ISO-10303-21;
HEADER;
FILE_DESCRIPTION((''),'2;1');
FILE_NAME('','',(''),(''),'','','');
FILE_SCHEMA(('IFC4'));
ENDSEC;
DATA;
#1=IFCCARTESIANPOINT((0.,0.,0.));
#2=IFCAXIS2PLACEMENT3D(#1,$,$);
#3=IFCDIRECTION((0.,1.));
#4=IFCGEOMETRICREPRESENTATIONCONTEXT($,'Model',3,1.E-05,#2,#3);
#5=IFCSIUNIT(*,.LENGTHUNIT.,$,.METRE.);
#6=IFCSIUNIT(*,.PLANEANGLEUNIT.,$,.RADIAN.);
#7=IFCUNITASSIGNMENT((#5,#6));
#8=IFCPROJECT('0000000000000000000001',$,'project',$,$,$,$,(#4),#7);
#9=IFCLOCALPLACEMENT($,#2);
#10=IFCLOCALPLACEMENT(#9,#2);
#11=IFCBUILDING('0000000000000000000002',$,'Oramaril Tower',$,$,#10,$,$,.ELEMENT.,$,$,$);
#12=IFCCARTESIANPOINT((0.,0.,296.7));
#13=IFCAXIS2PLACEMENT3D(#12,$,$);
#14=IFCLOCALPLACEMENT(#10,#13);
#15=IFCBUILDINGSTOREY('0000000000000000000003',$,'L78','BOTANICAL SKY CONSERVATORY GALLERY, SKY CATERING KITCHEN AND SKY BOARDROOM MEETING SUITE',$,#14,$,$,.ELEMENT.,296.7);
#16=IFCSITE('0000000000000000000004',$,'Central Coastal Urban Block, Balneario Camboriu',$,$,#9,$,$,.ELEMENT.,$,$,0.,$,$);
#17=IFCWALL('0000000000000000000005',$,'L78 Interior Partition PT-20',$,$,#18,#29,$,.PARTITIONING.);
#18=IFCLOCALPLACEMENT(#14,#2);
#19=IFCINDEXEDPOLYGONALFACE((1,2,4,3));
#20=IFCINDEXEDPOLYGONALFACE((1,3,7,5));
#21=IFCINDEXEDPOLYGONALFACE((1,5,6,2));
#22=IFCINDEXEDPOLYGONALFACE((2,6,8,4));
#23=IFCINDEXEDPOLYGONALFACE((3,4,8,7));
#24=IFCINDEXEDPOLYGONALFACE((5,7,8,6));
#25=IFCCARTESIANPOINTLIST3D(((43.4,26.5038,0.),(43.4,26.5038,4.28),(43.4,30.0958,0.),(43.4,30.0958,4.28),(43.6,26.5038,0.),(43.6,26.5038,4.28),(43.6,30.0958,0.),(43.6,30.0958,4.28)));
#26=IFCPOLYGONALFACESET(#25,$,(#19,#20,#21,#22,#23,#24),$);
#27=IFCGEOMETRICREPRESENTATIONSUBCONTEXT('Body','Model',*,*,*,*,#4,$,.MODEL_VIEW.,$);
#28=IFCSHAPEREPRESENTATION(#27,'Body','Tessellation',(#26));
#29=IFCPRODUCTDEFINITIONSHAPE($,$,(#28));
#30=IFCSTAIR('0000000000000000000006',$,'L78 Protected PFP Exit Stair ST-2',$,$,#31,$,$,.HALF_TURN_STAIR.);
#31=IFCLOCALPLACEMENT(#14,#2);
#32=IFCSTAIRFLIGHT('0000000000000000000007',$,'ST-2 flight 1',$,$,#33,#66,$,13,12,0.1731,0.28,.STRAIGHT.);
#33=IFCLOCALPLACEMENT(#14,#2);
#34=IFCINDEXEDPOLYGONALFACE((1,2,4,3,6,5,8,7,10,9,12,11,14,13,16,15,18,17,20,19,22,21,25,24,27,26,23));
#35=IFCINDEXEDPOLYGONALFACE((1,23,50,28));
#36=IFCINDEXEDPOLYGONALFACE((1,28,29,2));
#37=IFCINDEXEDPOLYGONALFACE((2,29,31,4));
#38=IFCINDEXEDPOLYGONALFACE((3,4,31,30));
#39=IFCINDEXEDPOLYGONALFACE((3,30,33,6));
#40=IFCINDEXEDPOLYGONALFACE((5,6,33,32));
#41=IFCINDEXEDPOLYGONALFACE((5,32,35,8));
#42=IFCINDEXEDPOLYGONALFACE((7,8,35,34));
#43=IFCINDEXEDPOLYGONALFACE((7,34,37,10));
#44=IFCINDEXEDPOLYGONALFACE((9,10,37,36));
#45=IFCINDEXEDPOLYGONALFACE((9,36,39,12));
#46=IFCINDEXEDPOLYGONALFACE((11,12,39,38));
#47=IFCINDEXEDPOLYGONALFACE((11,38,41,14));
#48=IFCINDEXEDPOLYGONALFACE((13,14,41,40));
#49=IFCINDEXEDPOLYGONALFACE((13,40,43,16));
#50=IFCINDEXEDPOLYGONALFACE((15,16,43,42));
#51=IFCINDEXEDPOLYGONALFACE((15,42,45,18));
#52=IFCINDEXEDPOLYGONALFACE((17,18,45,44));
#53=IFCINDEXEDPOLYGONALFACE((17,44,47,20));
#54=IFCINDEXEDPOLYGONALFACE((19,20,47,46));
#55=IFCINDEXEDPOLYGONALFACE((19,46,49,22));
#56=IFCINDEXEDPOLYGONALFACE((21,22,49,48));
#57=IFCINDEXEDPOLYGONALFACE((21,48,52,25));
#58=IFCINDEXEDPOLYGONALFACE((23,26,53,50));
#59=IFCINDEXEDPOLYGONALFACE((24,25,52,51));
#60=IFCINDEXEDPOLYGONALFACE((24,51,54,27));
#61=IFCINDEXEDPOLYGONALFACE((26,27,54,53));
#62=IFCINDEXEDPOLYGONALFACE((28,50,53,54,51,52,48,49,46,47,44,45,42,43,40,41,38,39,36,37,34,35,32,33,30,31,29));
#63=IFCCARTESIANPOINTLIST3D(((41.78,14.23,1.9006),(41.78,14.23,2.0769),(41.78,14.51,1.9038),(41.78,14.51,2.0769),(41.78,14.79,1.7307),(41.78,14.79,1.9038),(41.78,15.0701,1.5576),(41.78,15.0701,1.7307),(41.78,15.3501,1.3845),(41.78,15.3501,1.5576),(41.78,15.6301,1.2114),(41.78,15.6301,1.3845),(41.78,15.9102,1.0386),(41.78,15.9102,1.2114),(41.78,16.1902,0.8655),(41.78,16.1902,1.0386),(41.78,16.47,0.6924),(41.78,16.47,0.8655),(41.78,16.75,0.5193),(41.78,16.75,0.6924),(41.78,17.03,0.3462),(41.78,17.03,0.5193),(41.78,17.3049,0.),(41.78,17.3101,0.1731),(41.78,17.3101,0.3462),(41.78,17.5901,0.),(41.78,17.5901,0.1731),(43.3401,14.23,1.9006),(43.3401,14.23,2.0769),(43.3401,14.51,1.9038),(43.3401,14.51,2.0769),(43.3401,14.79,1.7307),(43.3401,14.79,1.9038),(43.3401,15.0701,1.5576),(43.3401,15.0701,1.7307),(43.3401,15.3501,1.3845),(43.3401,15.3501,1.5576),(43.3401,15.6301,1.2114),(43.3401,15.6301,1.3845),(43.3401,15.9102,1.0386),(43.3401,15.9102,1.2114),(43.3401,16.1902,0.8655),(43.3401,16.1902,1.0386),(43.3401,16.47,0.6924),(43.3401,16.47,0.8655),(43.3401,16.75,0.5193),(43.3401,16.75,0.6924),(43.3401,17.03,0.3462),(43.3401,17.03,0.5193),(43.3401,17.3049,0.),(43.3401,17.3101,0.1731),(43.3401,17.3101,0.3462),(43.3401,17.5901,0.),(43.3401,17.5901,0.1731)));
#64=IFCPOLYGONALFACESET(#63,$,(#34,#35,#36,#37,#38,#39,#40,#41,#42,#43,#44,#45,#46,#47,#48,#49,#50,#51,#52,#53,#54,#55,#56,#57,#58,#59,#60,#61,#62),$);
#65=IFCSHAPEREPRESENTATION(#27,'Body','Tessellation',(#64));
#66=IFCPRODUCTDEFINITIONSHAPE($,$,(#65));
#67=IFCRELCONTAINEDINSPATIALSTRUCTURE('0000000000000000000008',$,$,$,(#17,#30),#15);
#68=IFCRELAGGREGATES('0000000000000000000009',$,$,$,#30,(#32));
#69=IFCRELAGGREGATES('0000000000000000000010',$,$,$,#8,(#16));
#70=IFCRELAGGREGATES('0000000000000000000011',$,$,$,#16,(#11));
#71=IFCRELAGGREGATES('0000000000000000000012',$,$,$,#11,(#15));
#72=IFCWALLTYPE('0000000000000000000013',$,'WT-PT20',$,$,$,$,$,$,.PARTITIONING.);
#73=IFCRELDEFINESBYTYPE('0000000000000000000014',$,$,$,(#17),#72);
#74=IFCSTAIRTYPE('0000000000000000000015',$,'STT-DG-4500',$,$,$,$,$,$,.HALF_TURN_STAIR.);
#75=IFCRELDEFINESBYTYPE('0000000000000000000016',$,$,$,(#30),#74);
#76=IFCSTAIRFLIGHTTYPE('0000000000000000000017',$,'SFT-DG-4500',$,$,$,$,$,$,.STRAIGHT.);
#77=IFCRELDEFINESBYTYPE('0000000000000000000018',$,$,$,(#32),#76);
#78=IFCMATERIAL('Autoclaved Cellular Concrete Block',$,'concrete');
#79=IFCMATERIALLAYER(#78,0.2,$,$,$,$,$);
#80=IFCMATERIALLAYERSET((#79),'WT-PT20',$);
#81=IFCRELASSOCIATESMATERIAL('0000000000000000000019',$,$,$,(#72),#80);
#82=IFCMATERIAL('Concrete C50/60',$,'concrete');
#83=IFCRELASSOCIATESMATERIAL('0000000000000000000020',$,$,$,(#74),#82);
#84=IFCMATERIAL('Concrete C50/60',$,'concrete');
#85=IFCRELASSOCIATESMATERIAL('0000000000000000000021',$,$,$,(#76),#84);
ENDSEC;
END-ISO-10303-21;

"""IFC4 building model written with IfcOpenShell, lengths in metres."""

from ifc_helpers import new_model, si_unit, direction, frame, frame_2d, origin, place, context, subcontext, project, spatial, polyline, rectangle, outline, extrude, material, layer, layer_set, type_object, element, aggregate, save


model = new_model("IFC4")

# Units and contexts
model_context = context("Model", 3, precision=1e-05, world=origin(), true_north=direction((0.0, 1.0)))
body_context = subcontext(model_context, "Body", "Model", "MODEL_VIEW")
ifc_project = project(units=[si_unit("LENGTHUNIT", "METRE"), si_unit("PLANEANGLEUNIT", "RADIAN")], contexts=[model_context])

# Site, building, storey
site_placement = place(None, origin())
site = spatial("IfcSite", under=ifc_project, at=site_placement, Name="Central Coastal Urban Block, Balneario Camboriu", CompositionType="ELEMENT", RefElevation=0.0)
building_placement = place(site_placement, origin())
building = spatial("IfcBuilding", under=site, at=building_placement, Name="Oramaril Tower", CompositionType="ELEMENT")
storey_placement = place(building_placement, frame((0.0, 0.0, 296.7)))
storey = spatial("IfcBuildingStorey", under=building, at=storey_placement, Name="L78", Description="BOTANICAL SKY CONSERVATORY GALLERY, SKY CATERING KITCHEN AND SKY BOARDROOM MEETING SUITE", CompositionType="ELEMENT", Elevation=296.7)

# Wall
ifc_material_1 = material(Name="Autoclaved Cellular Concrete Block", Category="concrete")
ifc_layer_1 = layer(ifc_material_1, 0.2)
ifc_layer_set_1 = layer_set([ifc_layer_1], Name="WT-PT20")
wall_type_1 = type_object("IfcWallType", Name="WT-PT20", PredefinedType="PARTITIONING", material=ifc_layer_set_1)
wall_1_placement = place(storey_placement, frame((43.5, 26.5039, 0.0), z_axis=(0.0, 0.0, 1.0), x_axis=(0.0, 1.0, 0.0)))
element("IfcWall", 1, at=wall_1_placement, inside=storey, type_object=wall_type_1, Name="L78 Interior Partition PT-20", PredefinedType="PARTITIONING", context=body_context, shape_type="SweptSolid", body=[
    extrude(rectangle(XDim=3.592, YDim=0.2, at=frame_2d((1.7959, 0.0))), origin(), (0.0, 0.0, 1.0), 4.28),
])

# Stair, stair flight
ifc_material_2 = material(Name="Concrete C50/60", Category="concrete")
stair_type = type_object("IfcStairType", Name="STT-DG-4500", PredefinedType="HALF_TURN_STAIR", material=ifc_material_2)
stair_placement = place(storey_placement, origin())
stair = element("IfcStair", 2, at=stair_placement, inside=storey, type_object=stair_type, Name="L78 Protected PFP Exit Stair ST-2", PredefinedType="HALF_TURN_STAIR")
ifc_material_3 = material(Name="Concrete C50/60", Category="concrete")
stair_flight_type = type_object("IfcStairFlightType", Name="SFT-DG-4500", PredefinedType="STRAIGHT", material=ifc_material_3)
stair_flight_placement = place(storey_placement, frame((42.5601, 17.5901, 0.0), z_axis=(0.0, 0.0, 1.0), x_axis=(0.0, -1.0, 0.0)))
stair_flight = element("IfcStairFlight", 3, at=stair_flight_placement, type_object=stair_flight_type, Name="ST-2 flight 1", NumberOfRisers=13, NumberOfTreads=12, PredefinedType="STRAIGHT", RiserHeight=0.1731, TreadLength=0.28, context=body_context, shape_type="SweptSolid", body=[
    extrude(outline(polyline([(0.0, 0.0), (0.0, 0.1731), (0.28, 0.1731), (0.28, 0.3462), (0.5601, 0.3462), (0.5601, 0.5193), (0.8401, 0.5193), (0.8401, 0.6924), (1.1201, 0.6924), (1.1201, 0.8655), (1.3999, 0.8655), (1.3999, 1.0386), (1.6799, 1.0386), (1.6799, 1.2114), (1.96, 1.2114), (1.96, 1.3845), (2.24, 1.3845), (2.24, 1.5576), (2.52, 1.5576), (2.52, 1.7307), (2.8, 1.7307), (2.8, 1.9038), (3.0801, 1.9038), (3.0801, 2.0769), (3.3601, 2.0769), (3.3601, 2.25), (3.3601, 1.9006), (0.2852, 0.0), (0.0, 0.0)])), frame((0.0, 0.78, 0.0), z_axis=(0.0, -1.0, 0.0), x_axis=(1.0, 0.0, 0.0)), (0.0, 0.0, 1.0), 1.5601),
])
aggregate(stair, [stair_flight])

save(model, "model.ifc")
